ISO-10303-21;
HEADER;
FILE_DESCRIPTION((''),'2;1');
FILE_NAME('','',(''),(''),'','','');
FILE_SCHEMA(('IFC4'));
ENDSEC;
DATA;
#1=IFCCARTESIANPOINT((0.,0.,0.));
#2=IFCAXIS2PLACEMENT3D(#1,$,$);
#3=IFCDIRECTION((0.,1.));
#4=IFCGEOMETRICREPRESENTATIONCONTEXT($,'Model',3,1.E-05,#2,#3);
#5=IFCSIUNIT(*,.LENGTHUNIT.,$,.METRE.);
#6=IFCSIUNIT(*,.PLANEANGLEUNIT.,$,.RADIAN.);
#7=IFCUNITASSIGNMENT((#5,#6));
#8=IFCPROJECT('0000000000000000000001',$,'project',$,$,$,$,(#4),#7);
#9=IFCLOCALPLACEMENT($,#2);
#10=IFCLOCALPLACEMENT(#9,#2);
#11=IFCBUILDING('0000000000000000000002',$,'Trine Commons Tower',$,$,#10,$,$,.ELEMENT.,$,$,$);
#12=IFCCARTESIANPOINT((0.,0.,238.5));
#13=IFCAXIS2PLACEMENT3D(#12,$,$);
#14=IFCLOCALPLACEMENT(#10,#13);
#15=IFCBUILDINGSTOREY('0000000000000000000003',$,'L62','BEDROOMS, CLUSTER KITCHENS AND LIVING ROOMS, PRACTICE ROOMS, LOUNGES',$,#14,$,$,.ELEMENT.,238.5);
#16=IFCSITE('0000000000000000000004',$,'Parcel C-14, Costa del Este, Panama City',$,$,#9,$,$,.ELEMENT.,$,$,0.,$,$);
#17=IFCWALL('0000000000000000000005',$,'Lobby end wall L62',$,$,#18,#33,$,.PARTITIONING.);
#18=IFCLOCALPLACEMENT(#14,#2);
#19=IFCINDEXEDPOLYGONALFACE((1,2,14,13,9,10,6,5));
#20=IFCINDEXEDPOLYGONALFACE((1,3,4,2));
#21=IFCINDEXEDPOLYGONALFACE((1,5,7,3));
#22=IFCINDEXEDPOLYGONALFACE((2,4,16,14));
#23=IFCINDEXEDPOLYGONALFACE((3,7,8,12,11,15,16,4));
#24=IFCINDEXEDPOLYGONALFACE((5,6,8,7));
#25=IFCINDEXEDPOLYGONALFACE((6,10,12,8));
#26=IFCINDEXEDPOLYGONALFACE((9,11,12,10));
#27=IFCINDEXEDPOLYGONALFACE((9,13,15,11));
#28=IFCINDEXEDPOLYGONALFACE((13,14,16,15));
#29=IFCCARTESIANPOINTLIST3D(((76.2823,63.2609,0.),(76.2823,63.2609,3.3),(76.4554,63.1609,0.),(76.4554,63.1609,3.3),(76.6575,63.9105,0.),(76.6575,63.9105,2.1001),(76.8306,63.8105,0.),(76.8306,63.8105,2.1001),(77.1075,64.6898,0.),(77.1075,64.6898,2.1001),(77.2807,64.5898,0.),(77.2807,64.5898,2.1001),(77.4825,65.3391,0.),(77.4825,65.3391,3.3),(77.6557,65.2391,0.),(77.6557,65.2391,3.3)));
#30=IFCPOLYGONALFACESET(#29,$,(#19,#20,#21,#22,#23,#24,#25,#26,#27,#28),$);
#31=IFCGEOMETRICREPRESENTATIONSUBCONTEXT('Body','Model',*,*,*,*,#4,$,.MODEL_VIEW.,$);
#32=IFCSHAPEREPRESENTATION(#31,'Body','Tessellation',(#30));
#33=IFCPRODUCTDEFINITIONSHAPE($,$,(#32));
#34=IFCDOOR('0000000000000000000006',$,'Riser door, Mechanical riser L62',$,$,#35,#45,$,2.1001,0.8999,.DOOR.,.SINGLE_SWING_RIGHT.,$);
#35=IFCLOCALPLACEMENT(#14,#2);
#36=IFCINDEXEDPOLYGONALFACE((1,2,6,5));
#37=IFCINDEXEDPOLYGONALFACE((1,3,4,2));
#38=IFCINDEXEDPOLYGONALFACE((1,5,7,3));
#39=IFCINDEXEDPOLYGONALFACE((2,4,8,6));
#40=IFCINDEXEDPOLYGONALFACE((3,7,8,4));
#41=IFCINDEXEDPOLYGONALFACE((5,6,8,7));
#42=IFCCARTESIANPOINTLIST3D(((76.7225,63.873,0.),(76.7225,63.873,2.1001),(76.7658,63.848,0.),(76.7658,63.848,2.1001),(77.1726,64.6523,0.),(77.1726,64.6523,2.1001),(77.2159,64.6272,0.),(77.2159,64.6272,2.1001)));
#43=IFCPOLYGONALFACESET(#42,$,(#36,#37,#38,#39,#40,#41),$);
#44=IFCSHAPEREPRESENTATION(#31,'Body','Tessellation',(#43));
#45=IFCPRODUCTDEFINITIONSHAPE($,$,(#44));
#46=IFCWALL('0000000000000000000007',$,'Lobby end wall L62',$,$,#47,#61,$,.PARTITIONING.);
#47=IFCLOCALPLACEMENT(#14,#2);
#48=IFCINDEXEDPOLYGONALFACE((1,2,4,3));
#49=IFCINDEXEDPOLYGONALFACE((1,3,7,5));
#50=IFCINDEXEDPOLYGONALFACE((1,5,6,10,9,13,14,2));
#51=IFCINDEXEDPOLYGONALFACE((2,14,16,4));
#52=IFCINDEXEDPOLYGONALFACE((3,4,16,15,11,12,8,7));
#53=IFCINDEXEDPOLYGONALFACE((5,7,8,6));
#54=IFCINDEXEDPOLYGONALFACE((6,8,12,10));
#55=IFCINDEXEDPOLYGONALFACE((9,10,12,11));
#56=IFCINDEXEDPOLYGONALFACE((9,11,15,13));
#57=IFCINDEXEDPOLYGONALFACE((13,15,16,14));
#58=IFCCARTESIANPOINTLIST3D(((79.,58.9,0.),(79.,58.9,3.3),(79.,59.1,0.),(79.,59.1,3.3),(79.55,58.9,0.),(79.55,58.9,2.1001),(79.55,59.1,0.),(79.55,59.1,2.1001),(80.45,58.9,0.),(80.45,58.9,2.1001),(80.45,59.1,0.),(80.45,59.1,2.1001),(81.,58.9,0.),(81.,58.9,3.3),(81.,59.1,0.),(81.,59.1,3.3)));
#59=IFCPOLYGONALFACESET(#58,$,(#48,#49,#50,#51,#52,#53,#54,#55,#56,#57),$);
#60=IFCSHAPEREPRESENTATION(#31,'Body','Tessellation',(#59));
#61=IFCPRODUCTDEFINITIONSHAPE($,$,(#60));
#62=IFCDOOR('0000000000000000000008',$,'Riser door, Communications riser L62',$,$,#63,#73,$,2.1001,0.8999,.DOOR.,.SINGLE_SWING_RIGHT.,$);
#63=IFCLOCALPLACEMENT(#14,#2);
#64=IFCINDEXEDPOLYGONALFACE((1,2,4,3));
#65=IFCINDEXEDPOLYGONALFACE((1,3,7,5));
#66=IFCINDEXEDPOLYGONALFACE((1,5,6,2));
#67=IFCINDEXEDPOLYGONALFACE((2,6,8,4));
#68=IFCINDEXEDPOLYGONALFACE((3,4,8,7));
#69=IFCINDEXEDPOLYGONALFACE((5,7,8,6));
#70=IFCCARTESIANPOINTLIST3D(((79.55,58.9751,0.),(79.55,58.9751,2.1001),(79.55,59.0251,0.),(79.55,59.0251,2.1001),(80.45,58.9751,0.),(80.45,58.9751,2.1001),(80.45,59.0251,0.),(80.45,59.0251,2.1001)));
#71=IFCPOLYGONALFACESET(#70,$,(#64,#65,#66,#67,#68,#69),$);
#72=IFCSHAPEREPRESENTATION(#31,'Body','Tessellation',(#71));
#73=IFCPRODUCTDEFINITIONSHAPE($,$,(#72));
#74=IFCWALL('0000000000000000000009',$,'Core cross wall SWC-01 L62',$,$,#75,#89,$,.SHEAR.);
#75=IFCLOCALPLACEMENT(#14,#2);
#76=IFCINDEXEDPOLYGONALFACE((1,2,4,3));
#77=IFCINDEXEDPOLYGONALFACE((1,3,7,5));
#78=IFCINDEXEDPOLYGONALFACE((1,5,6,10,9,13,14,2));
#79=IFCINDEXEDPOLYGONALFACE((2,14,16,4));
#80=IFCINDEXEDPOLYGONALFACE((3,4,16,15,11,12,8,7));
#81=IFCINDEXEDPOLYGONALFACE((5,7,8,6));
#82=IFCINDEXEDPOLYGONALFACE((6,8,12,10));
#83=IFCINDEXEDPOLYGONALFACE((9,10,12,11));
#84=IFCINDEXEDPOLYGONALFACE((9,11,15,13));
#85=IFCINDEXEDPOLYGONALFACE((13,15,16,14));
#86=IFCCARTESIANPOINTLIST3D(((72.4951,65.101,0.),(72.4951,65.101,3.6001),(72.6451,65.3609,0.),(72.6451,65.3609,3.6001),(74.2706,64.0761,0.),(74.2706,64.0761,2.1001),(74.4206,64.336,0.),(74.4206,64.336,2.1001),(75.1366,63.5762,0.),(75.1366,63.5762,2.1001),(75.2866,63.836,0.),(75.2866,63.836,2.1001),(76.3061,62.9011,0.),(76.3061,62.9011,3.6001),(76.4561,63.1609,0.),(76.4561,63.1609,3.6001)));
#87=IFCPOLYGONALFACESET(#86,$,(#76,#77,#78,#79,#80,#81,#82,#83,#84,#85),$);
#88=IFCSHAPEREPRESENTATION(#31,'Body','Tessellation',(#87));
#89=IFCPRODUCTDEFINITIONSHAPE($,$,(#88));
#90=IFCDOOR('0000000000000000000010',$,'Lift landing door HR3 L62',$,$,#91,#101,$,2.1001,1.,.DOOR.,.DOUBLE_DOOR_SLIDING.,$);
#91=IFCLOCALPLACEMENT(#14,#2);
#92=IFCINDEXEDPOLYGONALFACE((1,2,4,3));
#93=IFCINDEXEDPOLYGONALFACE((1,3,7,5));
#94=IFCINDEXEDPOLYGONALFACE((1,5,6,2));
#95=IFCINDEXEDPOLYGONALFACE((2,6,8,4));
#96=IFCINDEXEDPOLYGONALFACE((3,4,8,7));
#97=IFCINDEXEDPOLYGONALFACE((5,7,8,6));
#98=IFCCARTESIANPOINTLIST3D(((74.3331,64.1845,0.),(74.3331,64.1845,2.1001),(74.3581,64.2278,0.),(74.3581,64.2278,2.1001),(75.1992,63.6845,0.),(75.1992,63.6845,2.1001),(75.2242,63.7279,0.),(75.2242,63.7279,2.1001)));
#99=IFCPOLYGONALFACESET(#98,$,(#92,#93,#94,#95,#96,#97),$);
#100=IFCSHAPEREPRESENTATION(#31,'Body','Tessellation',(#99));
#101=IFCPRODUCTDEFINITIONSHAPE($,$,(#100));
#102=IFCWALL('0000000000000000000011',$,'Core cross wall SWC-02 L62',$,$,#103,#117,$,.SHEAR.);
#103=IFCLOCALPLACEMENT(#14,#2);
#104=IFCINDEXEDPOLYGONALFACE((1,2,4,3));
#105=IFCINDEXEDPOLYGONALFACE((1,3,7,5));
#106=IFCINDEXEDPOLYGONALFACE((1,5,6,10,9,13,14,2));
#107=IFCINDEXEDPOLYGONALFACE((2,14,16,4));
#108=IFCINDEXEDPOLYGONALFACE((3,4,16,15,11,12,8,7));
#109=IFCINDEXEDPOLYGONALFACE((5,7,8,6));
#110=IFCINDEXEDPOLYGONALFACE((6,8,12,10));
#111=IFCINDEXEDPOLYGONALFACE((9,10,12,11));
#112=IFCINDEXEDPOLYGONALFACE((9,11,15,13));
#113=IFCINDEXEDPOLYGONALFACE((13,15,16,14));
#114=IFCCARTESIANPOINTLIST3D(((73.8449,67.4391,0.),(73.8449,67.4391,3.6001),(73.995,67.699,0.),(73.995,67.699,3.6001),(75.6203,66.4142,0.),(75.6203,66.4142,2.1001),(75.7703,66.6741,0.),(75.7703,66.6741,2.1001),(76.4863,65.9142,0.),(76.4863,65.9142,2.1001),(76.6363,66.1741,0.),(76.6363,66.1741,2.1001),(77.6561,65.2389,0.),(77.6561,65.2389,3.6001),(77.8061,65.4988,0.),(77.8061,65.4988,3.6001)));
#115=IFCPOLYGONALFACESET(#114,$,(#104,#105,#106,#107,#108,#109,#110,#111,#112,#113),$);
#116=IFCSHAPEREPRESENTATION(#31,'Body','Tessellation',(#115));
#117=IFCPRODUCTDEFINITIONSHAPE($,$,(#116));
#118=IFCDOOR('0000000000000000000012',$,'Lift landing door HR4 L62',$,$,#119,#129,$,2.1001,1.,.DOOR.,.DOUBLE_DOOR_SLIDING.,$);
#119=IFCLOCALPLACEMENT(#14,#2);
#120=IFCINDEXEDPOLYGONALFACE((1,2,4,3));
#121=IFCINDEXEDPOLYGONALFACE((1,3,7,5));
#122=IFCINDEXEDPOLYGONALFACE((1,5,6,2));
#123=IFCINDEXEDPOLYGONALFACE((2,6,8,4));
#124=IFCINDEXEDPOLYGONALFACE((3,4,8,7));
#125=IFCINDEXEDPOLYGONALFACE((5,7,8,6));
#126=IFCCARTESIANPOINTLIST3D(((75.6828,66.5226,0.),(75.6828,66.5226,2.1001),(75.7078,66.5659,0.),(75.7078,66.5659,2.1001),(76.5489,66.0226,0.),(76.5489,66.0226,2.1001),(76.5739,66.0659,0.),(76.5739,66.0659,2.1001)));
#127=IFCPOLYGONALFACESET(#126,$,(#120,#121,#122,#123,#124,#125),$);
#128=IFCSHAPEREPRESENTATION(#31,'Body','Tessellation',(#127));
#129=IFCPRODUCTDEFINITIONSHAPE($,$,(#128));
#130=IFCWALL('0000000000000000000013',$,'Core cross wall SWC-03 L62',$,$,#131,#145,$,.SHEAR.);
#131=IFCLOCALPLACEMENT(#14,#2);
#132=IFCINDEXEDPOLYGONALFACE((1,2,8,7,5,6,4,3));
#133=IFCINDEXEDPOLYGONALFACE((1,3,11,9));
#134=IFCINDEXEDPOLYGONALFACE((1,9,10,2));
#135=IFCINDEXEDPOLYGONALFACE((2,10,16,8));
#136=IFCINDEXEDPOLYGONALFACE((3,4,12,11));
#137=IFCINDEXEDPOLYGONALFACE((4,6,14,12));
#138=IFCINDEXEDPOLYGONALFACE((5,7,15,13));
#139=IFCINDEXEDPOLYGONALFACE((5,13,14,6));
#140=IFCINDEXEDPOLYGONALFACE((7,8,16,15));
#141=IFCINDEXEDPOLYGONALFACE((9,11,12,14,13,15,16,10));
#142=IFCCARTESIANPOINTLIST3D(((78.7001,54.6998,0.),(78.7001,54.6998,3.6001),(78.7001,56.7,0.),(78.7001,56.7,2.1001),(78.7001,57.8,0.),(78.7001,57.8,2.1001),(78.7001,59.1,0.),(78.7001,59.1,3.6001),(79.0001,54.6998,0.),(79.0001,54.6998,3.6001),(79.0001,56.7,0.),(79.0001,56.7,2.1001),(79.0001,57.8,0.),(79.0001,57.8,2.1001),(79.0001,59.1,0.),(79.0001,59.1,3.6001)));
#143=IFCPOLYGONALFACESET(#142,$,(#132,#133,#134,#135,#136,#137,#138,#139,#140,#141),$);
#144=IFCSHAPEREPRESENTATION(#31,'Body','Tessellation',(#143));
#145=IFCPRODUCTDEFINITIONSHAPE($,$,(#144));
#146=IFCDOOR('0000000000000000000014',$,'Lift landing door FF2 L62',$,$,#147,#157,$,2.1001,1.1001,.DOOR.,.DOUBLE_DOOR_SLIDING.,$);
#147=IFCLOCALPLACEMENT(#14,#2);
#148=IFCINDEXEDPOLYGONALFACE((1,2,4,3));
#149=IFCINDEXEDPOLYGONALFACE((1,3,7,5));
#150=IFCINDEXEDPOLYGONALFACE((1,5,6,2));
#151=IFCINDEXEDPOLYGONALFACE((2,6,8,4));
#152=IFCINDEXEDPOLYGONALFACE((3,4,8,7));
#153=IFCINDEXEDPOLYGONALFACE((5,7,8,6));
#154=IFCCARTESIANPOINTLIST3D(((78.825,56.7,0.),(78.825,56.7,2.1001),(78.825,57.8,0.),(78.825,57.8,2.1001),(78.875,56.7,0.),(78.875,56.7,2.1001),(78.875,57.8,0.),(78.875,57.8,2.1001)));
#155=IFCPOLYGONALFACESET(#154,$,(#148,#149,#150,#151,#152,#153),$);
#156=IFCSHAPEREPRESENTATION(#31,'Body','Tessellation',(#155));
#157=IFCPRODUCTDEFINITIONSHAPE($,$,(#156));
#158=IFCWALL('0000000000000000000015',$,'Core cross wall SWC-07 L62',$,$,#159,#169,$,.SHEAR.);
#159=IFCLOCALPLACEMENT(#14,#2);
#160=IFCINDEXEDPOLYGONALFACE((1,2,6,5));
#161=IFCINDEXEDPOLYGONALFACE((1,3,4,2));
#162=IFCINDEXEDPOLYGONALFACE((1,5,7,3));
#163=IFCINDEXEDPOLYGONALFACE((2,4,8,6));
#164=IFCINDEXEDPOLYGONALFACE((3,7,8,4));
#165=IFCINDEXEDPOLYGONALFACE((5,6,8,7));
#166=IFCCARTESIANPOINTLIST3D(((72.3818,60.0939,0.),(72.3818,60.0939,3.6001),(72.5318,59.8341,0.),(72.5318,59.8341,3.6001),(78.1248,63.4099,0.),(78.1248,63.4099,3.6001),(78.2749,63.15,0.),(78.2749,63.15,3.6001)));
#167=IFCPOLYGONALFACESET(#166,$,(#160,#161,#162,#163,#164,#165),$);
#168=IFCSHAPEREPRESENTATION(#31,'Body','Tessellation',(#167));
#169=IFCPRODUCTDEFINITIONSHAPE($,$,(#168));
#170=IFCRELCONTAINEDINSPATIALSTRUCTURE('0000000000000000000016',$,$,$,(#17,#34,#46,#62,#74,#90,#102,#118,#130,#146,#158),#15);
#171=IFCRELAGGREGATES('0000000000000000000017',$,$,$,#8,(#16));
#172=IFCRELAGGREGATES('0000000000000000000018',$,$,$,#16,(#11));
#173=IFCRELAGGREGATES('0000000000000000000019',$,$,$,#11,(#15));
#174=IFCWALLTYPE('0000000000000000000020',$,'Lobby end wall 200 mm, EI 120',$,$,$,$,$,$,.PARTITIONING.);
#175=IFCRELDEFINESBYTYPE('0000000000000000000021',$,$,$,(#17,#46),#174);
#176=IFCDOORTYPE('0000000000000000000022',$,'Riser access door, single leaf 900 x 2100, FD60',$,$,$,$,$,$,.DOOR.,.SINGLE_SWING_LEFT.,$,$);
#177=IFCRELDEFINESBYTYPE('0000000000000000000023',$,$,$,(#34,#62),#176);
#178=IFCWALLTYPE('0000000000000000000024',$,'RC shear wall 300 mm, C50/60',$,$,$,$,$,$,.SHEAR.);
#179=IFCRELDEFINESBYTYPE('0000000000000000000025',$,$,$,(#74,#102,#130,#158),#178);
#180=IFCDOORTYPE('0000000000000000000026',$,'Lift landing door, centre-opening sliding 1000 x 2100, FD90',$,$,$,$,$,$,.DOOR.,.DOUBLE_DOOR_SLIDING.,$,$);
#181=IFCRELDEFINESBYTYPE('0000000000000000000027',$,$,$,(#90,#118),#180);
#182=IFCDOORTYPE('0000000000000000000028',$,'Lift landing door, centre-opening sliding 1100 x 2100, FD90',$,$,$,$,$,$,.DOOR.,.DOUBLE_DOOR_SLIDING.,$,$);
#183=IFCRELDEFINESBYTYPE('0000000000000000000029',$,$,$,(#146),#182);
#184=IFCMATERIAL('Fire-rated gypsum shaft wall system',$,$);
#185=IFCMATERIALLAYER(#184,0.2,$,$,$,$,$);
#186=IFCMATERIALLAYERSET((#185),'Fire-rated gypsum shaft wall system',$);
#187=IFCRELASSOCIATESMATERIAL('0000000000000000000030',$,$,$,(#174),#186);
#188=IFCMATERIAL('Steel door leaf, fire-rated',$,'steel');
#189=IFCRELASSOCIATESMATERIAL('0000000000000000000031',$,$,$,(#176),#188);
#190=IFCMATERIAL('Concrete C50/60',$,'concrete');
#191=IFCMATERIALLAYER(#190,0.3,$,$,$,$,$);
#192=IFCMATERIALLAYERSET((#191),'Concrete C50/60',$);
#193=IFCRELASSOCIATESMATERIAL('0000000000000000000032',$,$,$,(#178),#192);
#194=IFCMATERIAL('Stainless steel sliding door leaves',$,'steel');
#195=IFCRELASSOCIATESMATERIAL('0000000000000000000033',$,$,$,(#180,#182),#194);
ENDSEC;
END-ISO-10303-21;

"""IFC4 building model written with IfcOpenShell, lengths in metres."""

from ifc_helpers import new_model, si_unit, direction, frame, frame_2d, origin, place, context, subcontext, project, spatial, rectangle, extrude, material, layer, layer_set, type_object, element, fill, save


model = new_model("IFC4")

# Units and contexts
model_context = context("Model", 3, precision=1e-05, world=origin(), true_north=direction((0.0, 1.0)))
body_context = subcontext(model_context, "Body", "Model", "MODEL_VIEW")
ifc_project = project(units=[si_unit("LENGTHUNIT", "METRE"), si_unit("PLANEANGLEUNIT", "RADIAN")], contexts=[model_context])

# Site, building, storey
site_placement = place(None, origin())
site = spatial("IfcSite", under=ifc_project, at=site_placement, Name="Parcel C-14, Costa del Este, Panama City", CompositionType="ELEMENT", RefElevation=0.0)
building_placement = place(site_placement, origin())
building = spatial("IfcBuilding", under=site, at=building_placement, Name="Trine Commons Tower", CompositionType="ELEMENT")
storey_placement = place(building_placement, frame((0.0, 0.0, 238.5)))
storey = spatial("IfcBuildingStorey", under=building, at=storey_placement, Name="L62", Description="BEDROOMS, CLUSTER KITCHENS AND LIVING ROOMS, PRACTICE ROOMS, LOUNGES", CompositionType="ELEMENT", Elevation=238.5)

# Walls, openings, doors
ifc_material_1 = material(Name="Fire-rated gypsum shaft wall system")
ifc_layer_1 = layer(ifc_material_1, 0.2)
ifc_layer_set_1 = layer_set([ifc_layer_1], Name="Fire-rated gypsum shaft wall system")
wall_type_1 = type_object("IfcWallType", Name="Lobby end wall 200 mm, EI 120", PredefinedType="PARTITIONING", material=ifc_layer_set_1)
wall_1_placement = place(storey_placement, frame((77.5691, 65.2891, 0.0), z_axis=(0.0, 0.0, 1.0), x_axis=(-0.500122, -0.865955, 0.0)))
wall_1 = element("IfcWall", 1, at=wall_1_placement, inside=storey, type_object=wall_type_1, Name="Lobby end wall L62", PredefinedType="PARTITIONING", context=body_context, shape_type="SweptSolid", body=[
    extrude(rectangle(XDim=2.3999, YDim=0.2, at=frame_2d((1.2, 0.0))), origin(), (0.0, 0.0, 1.0), 3.3),
])
opening_1_placement = place(wall_1_placement, frame((0.7498, 0.0, 0.0)))
opening_1 = element("IfcOpeningElement", 2, at=opening_1_placement, cuts=wall_1, PredefinedType="OPENING", context=body_context, shape_type="SweptSolid", body=[
    extrude(rectangle(XDim=0.8999, YDim=2.1001, at=frame_2d((0.45, 1.05))), frame((0.0, 0.1099, 0.0), z_axis=(0.0, -1.0, 0.0), x_axis=(1.0, 0.0, 0.0)), (0.0, 0.0, 1.0), 0.22),
])
ifc_material_2 = material(Name="Steel door leaf, fire-rated", Category="steel")
door_type_1 = type_object("IfcDoorType", Name="Riser access door, single leaf 900 x 2100, FD60", OperationType="SINGLE_SWING_LEFT", PredefinedType="DOOR", material=ifc_material_2)
door_1_placement = place(opening_1_placement, frame((0.8999, 0.0, 0.0), z_axis=(0.0, 0.0, 1.0), x_axis=(-1.0, 0.0, 0.0)))
door_1 = element("IfcDoor", 3, at=door_1_placement, inside=storey, type_object=door_type_1, Name="Riser door, Mechanical riser L62", OperationType="SINGLE_SWING_RIGHT", OverallHeight=2.1001, OverallWidth=0.8999, PredefinedType="DOOR", context=body_context, shape_type="SweptSolid", body=[
    extrude(rectangle(XDim=0.8999, YDim=2.1001, at=frame_2d((0.45, 1.05))), frame((0.0, 0.0249, 0.0), z_axis=(0.0, -1.0, 0.0), x_axis=(1.0, 0.0, 0.0)), (0.0, 0.0, 1.0), 0.05),
])
fill(opening_1, door_1)
wall_2_placement = place(storey_placement, frame((79.0, 59.0, 0.0), z_axis=(0.0, 0.0, 1.0), x_axis=(1.0, 0.0, 0.0)))
wall_2 = element("IfcWall", 4, at=wall_2_placement, inside=storey, type_object=wall_type_1, Name="Lobby end wall L62", PredefinedType="PARTITIONING", context=body_context, shape_type="SweptSolid", body=[
    extrude(rectangle(XDim=2.0, YDim=0.2, at=frame_2d((1.0, 0.0))), origin(), (0.0, 0.0, 1.0), 3.3),
])
opening_2_placement = place(wall_2_placement, frame((0.55, 0.0, 0.0)))
opening_2 = element("IfcOpeningElement", 5, at=opening_2_placement, cuts=wall_2, PredefinedType="OPENING", context=body_context, shape_type="SweptSolid", body=[
    extrude(rectangle(XDim=0.8999, YDim=2.1001, at=frame_2d((0.45, 1.05))), frame((0.0, 0.1099, 0.0), z_axis=(0.0, -1.0, 0.0), x_axis=(1.0, 0.0, 0.0)), (0.0, 0.0, 1.0), 0.22),
])
door_2_placement = place(opening_2_placement, frame((0.8999, 0.0, 0.0), z_axis=(0.0, 0.0, 1.0), x_axis=(-1.0, 0.0, 0.0)))
door_2 = element("IfcDoor", 6, at=door_2_placement, inside=storey, type_object=door_type_1, Name="Riser door, Communications riser L62", OperationType="SINGLE_SWING_RIGHT", OverallHeight=2.1001, OverallWidth=0.8999, PredefinedType="DOOR", context=body_context, shape_type="SweptSolid", body=[
    extrude(rectangle(XDim=0.8999, YDim=2.1001, at=frame_2d((0.45, 1.05))), frame((0.0, 0.0249, 0.0), z_axis=(0.0, -1.0, 0.0), x_axis=(1.0, 0.0, 0.0)), (0.0, 0.0, 1.0), 0.05),
])
fill(opening_2, door_2)
ifc_material_3 = material(Name="Concrete C50/60", Category="concrete")
ifc_layer_2 = layer(ifc_material_3, 0.3)
ifc_layer_set_2 = layer_set([ifc_layer_2], Name="Concrete C50/60")
wall_type_2 = type_object("IfcWallType", Name="RC shear wall 300 mm, C50/60", PredefinedType="SHEAR", material=ifc_layer_set_2)
wall_3_placement = place(storey_placement, frame((76.3811, 63.031, 0.0), z_axis=(0.0, 0.0, 1.0), x_axis=(-0.86606, 0.49994, 0.0)))
wall_3 = element("IfcWall", 7, at=wall_3_placement, inside=storey, type_object=wall_type_2, Name="Core cross wall SWC-01 L62", PredefinedType="SHEAR", context=body_context, shape_type="SweptSolid", body=[
    extrude(rectangle(XDim=4.4004, YDim=0.3, at=frame_2d((2.2002, 0.0))), origin(), (0.0, 0.0, 1.0), 3.6001),
])
opening_3_placement = place(wall_3_placement, frame((1.3503, 0.0, 0.0)))
opening_3 = element("IfcOpeningElement", 8, at=opening_3_placement, cuts=wall_3, PredefinedType="OPENING", context=body_context, shape_type="SweptSolid", body=[
    extrude(rectangle(XDim=1.0, YDim=2.1001, at=frame_2d((0.5, 1.05))), frame((0.0, 0.1599, 0.0), z_axis=(0.0, -1.0, 0.0), x_axis=(1.0, 0.0, 0.0)), (0.0, 0.0, 1.0), 0.3201),
])
ifc_material_4 = material(Name="Stainless steel sliding door leaves", Category="steel")
door_type_2 = type_object("IfcDoorType", Name="Lift landing door, centre-opening sliding 1000 x 2100, FD90", OperationType="DOUBLE_DOOR_SLIDING", PredefinedType="DOOR", material=ifc_material_4)
door_3_placement = place(opening_3_placement, origin())
door_3 = element("IfcDoor", 9, at=door_3_placement, inside=storey, type_object=door_type_2, Name="Lift landing door HR3 L62", OperationType="DOUBLE_DOOR_SLIDING", OverallHeight=2.1001, OverallWidth=1.0, PredefinedType="DOOR", context=body_context, shape_type="SweptSolid", body=[
    extrude(rectangle(XDim=1.0, YDim=2.1001, at=frame_2d((0.5, 1.05))), frame((0.0, 0.0249, 0.0), z_axis=(0.0, -1.0, 0.0), x_axis=(1.0, 0.0, 0.0)), (0.0, 0.0, 1.0), 0.05),
])
fill(opening_3, door_3)
wall_4_placement = place(storey_placement, frame((77.731, 65.3689, 0.0), z_axis=(0.0, 0.0, 1.0), x_axis=(-0.866036, 0.499982, 0.0)))
wall_4 = element("IfcWall", 10, at=wall_4_placement, inside=storey, type_object=wall_type_2, Name="Core cross wall SWC-02 L62", PredefinedType="SHEAR", context=body_context, shape_type="SweptSolid", body=[
    extrude(rectangle(XDim=4.4006, YDim=0.3, at=frame_2d((2.2002, 0.0))), origin(), (0.0, 0.0, 1.0), 3.6001),
])
opening_4_placement = place(wall_4_placement, frame((1.3506, 0.0, 0.0)))
opening_4 = element("IfcOpeningElement", 11, at=opening_4_placement, cuts=wall_4, PredefinedType="OPENING", context=body_context, shape_type="SweptSolid", body=[
    extrude(rectangle(XDim=1.0, YDim=2.1001, at=frame_2d((0.5, 1.05))), frame((0.0, 0.1599, 0.0), z_axis=(0.0, -1.0, 0.0), x_axis=(1.0, 0.0, 0.0)), (0.0, 0.0, 1.0), 0.3201),
])
door_4_placement = place(opening_4_placement, origin())
door_4 = element("IfcDoor", 12, at=door_4_placement, inside=storey, type_object=door_type_2, Name="Lift landing door HR4 L62", OperationType="DOUBLE_DOOR_SLIDING", OverallHeight=2.1001, OverallWidth=1.0, PredefinedType="DOOR", context=body_context, shape_type="SweptSolid", body=[
    extrude(rectangle(XDim=1.0, YDim=2.1001, at=frame_2d((0.5, 1.05))), frame((0.0, 0.0249, 0.0), z_axis=(0.0, -1.0, 0.0), x_axis=(1.0, 0.0, 0.0)), (0.0, 0.0, 1.0), 0.05),
])
fill(opening_4, door_4)
wall_5_placement = place(storey_placement, frame((78.8501, 59.1001, 0.0), z_axis=(0.0, 0.0, 1.0), x_axis=(0.0, -1.0, 0.0)))
wall_5 = element("IfcWall", 13, at=wall_5_placement, inside=storey, type_object=wall_type_2, Name="Core cross wall SWC-03 L62", PredefinedType="SHEAR", context=body_context, shape_type="SweptSolid", body=[
    extrude(rectangle(XDim=4.4001, YDim=0.3, at=frame_2d((2.2002, 0.0))), origin(), (0.0, 0.0, 1.0), 3.6001),
])
opening_5_placement = place(wall_5_placement, frame((1.3, 0.0, 0.0)))
opening_5 = element("IfcOpeningElement", 14, at=opening_5_placement, cuts=wall_5, PredefinedType="OPENING", context=body_context, shape_type="SweptSolid", body=[
    extrude(rectangle(XDim=1.1001, YDim=2.1001, at=frame_2d((0.55, 1.05))), frame((0.0, 0.1599, 0.0), z_axis=(0.0, -1.0, 0.0), x_axis=(1.0, 0.0, 0.0)), (0.0, 0.0, 1.0), 0.3201),
])
door_type_3 = type_object("IfcDoorType", Name="Lift landing door, centre-opening sliding 1100 x 2100, FD90", OperationType="DOUBLE_DOOR_SLIDING", PredefinedType="DOOR", material=ifc_material_4)
door_5_placement = place(opening_5_placement, origin())
door_5 = element("IfcDoor", 15, at=door_5_placement, inside=storey, type_object=door_type_3, Name="Lift landing door FF2 L62", OperationType="DOUBLE_DOOR_SLIDING", OverallHeight=2.1001, OverallWidth=1.1001, PredefinedType="DOOR", context=body_context, shape_type="SweptSolid", body=[
    extrude(rectangle(XDim=1.1001, YDim=2.1001, at=frame_2d((0.55, 1.05))), frame((0.0, 0.0249, 0.0), z_axis=(0.0, -1.0, 0.0), x_axis=(1.0, 0.0, 0.0)), (0.0, 0.0, 1.0), 0.05),
])
fill(opening_5, door_5)

# Wall
wall_6_placement = place(storey_placement, frame((78.2, 63.28, 0.0), z_axis=(0.0, 0.0, 1.0), x_axis=(-0.86601, -0.500027, 0.0)))
element("IfcWall", 16, at=wall_6_placement, inside=storey, type_object=wall_type_2, Name="Core cross wall SWC-07 L62", PredefinedType="SHEAR", context=body_context, shape_type="SweptSolid", body=[
    extrude(rectangle(XDim=6.6316, YDim=0.3, at=frame_2d((3.3159, 0.0))), origin(), (0.0, 0.0, 1.0), 3.6001),
])

save(model, "model.ifc")
